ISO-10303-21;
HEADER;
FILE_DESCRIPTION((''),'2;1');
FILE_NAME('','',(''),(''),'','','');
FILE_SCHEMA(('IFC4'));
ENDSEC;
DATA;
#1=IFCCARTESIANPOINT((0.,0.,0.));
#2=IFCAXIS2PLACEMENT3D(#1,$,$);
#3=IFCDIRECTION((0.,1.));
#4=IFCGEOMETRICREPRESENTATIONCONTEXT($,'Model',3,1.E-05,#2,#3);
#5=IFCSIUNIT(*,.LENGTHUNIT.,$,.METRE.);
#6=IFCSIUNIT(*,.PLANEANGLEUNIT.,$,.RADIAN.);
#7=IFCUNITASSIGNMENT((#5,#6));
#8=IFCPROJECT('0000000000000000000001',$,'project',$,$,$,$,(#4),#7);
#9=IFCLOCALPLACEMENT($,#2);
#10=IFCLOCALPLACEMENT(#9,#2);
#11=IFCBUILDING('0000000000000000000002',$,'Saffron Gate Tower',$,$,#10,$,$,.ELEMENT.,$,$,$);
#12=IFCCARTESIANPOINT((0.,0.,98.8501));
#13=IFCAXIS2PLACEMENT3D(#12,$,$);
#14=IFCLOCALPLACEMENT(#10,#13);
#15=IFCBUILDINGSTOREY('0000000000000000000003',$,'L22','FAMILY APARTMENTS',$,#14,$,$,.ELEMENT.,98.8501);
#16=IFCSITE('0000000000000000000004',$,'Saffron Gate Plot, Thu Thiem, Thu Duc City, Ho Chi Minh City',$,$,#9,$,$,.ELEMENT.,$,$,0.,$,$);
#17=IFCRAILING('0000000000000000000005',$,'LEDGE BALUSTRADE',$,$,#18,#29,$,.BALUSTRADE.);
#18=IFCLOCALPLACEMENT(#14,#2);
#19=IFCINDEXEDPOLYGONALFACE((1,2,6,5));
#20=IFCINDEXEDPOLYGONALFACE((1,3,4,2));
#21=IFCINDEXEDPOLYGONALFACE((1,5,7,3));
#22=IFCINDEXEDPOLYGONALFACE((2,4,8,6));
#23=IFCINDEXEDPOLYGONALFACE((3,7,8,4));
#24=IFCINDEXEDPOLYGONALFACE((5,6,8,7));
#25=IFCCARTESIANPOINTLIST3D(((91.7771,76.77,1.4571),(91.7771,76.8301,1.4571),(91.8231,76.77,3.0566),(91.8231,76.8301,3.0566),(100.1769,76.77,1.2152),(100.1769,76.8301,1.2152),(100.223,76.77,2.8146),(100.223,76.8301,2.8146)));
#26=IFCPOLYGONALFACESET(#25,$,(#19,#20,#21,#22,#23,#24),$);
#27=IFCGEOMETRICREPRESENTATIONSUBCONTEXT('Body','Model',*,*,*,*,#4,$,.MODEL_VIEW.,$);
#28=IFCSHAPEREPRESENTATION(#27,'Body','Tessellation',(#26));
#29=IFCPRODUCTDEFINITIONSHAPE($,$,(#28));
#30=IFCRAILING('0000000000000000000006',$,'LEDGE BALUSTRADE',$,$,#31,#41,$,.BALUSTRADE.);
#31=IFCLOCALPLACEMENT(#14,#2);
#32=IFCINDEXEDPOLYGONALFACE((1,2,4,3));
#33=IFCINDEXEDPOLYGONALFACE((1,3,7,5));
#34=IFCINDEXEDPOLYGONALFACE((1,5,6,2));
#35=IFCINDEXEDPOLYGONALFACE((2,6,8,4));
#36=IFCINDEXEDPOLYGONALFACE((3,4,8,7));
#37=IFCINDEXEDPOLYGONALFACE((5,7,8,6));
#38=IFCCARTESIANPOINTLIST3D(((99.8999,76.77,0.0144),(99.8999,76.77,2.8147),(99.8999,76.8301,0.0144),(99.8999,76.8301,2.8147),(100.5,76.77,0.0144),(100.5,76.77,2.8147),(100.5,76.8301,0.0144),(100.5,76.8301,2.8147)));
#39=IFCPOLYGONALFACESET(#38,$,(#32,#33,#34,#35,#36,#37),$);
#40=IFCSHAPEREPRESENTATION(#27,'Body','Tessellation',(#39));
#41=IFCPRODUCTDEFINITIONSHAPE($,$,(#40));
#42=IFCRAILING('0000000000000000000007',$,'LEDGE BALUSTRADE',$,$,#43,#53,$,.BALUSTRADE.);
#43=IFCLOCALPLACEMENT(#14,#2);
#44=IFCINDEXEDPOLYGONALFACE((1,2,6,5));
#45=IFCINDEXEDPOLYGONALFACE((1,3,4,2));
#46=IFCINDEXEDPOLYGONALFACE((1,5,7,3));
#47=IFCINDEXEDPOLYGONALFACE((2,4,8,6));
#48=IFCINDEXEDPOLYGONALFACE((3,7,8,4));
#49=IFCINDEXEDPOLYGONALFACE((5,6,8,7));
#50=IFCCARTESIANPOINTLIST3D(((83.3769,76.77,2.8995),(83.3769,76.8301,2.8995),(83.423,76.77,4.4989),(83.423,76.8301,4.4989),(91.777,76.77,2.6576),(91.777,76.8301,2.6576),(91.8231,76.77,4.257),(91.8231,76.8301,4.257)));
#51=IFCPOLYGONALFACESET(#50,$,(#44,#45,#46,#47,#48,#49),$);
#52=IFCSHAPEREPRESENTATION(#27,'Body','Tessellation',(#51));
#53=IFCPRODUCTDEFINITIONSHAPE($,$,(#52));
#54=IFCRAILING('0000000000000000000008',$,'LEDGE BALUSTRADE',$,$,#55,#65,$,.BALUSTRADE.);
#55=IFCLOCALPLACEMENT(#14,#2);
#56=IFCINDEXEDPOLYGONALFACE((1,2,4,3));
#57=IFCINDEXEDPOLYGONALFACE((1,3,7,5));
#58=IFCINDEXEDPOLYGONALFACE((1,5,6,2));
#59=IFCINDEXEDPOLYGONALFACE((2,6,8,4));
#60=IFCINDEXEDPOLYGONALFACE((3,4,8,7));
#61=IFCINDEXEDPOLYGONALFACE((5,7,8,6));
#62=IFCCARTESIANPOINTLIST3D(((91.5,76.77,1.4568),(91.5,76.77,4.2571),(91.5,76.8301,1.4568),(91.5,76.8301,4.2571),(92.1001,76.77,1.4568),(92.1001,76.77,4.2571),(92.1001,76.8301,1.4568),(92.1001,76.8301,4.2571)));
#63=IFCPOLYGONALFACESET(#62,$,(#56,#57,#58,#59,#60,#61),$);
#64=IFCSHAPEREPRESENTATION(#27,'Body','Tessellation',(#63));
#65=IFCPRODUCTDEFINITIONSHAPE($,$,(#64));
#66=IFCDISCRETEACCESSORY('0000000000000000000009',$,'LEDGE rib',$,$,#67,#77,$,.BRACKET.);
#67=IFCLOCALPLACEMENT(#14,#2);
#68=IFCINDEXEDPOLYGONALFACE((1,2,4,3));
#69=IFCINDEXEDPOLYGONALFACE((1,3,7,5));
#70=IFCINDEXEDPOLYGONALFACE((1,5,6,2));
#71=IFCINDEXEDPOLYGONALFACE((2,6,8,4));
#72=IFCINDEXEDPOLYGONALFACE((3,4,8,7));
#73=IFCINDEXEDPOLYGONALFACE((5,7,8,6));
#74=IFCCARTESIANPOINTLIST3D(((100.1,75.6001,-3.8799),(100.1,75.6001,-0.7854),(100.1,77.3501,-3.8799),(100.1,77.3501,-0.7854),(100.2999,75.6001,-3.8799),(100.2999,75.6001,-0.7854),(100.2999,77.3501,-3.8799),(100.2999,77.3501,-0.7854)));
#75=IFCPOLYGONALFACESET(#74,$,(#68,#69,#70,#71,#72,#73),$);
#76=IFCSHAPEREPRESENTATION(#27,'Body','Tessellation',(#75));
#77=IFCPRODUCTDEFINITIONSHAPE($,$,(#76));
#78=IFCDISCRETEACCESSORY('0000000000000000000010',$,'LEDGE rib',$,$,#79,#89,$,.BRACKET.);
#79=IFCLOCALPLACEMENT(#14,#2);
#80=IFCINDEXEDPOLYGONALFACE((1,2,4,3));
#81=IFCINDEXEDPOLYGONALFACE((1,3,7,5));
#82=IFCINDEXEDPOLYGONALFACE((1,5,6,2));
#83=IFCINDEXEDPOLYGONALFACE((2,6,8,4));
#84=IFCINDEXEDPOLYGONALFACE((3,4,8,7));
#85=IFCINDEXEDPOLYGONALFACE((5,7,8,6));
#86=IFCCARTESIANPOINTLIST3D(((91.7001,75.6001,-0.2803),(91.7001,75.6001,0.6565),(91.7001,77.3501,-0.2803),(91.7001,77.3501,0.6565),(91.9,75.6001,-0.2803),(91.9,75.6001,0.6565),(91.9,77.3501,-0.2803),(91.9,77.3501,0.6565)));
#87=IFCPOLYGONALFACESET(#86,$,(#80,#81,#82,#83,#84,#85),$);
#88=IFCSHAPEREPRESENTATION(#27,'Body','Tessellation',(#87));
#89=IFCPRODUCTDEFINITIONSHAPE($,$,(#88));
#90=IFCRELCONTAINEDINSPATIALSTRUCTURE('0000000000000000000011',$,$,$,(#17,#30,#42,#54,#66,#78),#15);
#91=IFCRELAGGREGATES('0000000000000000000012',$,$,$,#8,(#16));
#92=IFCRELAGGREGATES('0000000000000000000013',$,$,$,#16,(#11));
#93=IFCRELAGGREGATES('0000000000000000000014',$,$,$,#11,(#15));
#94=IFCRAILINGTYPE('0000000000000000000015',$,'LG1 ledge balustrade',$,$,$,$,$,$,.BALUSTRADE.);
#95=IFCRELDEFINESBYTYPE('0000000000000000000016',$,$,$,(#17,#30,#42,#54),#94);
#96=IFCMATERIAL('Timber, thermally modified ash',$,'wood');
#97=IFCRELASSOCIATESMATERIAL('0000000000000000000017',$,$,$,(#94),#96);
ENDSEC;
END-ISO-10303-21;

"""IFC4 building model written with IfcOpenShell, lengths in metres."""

from ifc_helpers import new_model, si_unit, direction, frame, origin, origin_2d, place, context, subcontext, project, spatial, rectangle, extrude, material, type_object, element, save


model = new_model("IFC4")

# Units and contexts
model_context = context("Model", 3, precision=1e-05, world=origin(), true_north=direction((0.0, 1.0)))
body_context = subcontext(model_context, "Body", "Model", "MODEL_VIEW")
ifc_project = project(units=[si_unit("LENGTHUNIT", "METRE"), si_unit("PLANEANGLEUNIT", "RADIAN")], contexts=[model_context])

# Site, building, storey
site_placement = place(None, origin())
site = spatial("IfcSite", under=ifc_project, at=site_placement, Name="Saffron Gate Plot, Thu Thiem, Thu Duc City, Ho Chi Minh City", CompositionType="ELEMENT", RefElevation=0.0)
building_placement = place(site_placement, origin())
building = spatial("IfcBuilding", under=site, at=building_placement, Name="Saffron Gate Tower", CompositionType="ELEMENT")
storey_placement = place(building_placement, frame((0.0, 0.0, 98.8501)))
storey = spatial("IfcBuildingStorey", under=building, at=storey_placement, Name="L22", Description="FAMILY APARTMENTS", CompositionType="ELEMENT", Elevation=98.8501)

# Shared definitions
ifc_material_1 = material(Name="Timber, thermally modified ash", Category="wood")

# Railings
railing_type = type_object("IfcRailingType", Name="LG1 ledge balustrade", PredefinedType="BALUSTRADE", material=ifc_material_1)
railing_1_placement = place(storey_placement, frame((100.2, 76.8, 1.2148)))
element("IfcRailing", 1, at=railing_1_placement, inside=storey, type_object=railing_type, Name="LEDGE BALUSTRADE", PredefinedType="BALUSTRADE", context=body_context, shape_type="SweptSolid", body=[
    extrude(rectangle(XDim=0.0601, YDim=1.6001, at=origin_2d()), frame((0.0, 0.0, 0.8), z_axis=(-0.999585, 0.0, 0.028791), x_axis=(0.0, -1.0, 0.0)), (0.0, 0.0, 1.0), 8.4033),
])
railing_2_placement = place(storey_placement, frame((100.5, 76.8, 0.0144)))
element("IfcRailing", 2, at=railing_2_placement, inside=storey, type_object=railing_type, Name="LEDGE BALUSTRADE", PredefinedType="BALUSTRADE", context=body_context, shape_type="SweptSolid", body=[
    extrude(rectangle(XDim=0.0601, YDim=2.8003, at=origin_2d()), frame((0.0, 0.0, 1.4001), z_axis=(-1.0, 0.0, 0.0), x_axis=(0.0, -1.0, 0.0)), (0.0, 0.0, 1.0), 0.6001),
])
railing_3_placement = place(storey_placement, frame((91.8, 76.8, 2.6572)))
element("IfcRailing", 3, at=railing_3_placement, inside=storey, type_object=railing_type, Name="LEDGE BALUSTRADE", PredefinedType="BALUSTRADE", context=body_context, shape_type="SweptSolid", body=[
    extrude(rectangle(XDim=0.0601, YDim=1.6001, at=origin_2d()), frame((0.0, 0.0, 0.8), z_axis=(-0.999585, 0.0, 0.02879), x_axis=(0.0, -1.0, 0.0)), (0.0, 0.0, 1.0), 8.4036),
])
railing_4_placement = place(storey_placement, frame((92.1001, 76.8, 1.4568)))
element("IfcRailing", 4, at=railing_4_placement, inside=storey, type_object=railing_type, Name="LEDGE BALUSTRADE", PredefinedType="BALUSTRADE", context=body_context, shape_type="SweptSolid", body=[
    extrude(rectangle(XDim=0.0601, YDim=2.8003, at=origin_2d()), frame((0.0, 0.0, 1.4001), z_axis=(-1.0, 0.0, 0.0), x_axis=(0.0, -1.0, 0.0)), (0.0, 0.0, 1.0), 0.6001),
])

# Discrete accessories
discrete_accessory_1_placement = place(storey_placement, frame((100.2, 76.4751, -3.8799), z_axis=(0.0, 0.0, 1.0), x_axis=(-1.0, 0.0, 0.0)))
element("IfcDiscreteAccessory", 5, at=discrete_accessory_1_placement, inside=storey, Name="LEDGE rib", PredefinedType="BRACKET", context=body_context, shape_type="SweptSolid", body=[
    extrude(rectangle(XDim=0.2, YDim=1.75, at=origin_2d()), origin(), (0.0, 0.0, 1.0), 3.0945),
])
discrete_accessory_2_placement = place(storey_placement, frame((91.8, 76.4751, -0.2803), z_axis=(0.0, 0.0, 1.0), x_axis=(-1.0, 0.0, 0.0)))
element("IfcDiscreteAccessory", 6, at=discrete_accessory_2_placement, inside=storey, Name="LEDGE rib", PredefinedType="BRACKET", context=body_context, shape_type="SweptSolid", body=[
    extrude(rectangle(XDim=0.2, YDim=1.75, at=origin_2d()), origin(), (0.0, 0.0, 1.0), 0.9368),
])

save(model, "model.ifc")
